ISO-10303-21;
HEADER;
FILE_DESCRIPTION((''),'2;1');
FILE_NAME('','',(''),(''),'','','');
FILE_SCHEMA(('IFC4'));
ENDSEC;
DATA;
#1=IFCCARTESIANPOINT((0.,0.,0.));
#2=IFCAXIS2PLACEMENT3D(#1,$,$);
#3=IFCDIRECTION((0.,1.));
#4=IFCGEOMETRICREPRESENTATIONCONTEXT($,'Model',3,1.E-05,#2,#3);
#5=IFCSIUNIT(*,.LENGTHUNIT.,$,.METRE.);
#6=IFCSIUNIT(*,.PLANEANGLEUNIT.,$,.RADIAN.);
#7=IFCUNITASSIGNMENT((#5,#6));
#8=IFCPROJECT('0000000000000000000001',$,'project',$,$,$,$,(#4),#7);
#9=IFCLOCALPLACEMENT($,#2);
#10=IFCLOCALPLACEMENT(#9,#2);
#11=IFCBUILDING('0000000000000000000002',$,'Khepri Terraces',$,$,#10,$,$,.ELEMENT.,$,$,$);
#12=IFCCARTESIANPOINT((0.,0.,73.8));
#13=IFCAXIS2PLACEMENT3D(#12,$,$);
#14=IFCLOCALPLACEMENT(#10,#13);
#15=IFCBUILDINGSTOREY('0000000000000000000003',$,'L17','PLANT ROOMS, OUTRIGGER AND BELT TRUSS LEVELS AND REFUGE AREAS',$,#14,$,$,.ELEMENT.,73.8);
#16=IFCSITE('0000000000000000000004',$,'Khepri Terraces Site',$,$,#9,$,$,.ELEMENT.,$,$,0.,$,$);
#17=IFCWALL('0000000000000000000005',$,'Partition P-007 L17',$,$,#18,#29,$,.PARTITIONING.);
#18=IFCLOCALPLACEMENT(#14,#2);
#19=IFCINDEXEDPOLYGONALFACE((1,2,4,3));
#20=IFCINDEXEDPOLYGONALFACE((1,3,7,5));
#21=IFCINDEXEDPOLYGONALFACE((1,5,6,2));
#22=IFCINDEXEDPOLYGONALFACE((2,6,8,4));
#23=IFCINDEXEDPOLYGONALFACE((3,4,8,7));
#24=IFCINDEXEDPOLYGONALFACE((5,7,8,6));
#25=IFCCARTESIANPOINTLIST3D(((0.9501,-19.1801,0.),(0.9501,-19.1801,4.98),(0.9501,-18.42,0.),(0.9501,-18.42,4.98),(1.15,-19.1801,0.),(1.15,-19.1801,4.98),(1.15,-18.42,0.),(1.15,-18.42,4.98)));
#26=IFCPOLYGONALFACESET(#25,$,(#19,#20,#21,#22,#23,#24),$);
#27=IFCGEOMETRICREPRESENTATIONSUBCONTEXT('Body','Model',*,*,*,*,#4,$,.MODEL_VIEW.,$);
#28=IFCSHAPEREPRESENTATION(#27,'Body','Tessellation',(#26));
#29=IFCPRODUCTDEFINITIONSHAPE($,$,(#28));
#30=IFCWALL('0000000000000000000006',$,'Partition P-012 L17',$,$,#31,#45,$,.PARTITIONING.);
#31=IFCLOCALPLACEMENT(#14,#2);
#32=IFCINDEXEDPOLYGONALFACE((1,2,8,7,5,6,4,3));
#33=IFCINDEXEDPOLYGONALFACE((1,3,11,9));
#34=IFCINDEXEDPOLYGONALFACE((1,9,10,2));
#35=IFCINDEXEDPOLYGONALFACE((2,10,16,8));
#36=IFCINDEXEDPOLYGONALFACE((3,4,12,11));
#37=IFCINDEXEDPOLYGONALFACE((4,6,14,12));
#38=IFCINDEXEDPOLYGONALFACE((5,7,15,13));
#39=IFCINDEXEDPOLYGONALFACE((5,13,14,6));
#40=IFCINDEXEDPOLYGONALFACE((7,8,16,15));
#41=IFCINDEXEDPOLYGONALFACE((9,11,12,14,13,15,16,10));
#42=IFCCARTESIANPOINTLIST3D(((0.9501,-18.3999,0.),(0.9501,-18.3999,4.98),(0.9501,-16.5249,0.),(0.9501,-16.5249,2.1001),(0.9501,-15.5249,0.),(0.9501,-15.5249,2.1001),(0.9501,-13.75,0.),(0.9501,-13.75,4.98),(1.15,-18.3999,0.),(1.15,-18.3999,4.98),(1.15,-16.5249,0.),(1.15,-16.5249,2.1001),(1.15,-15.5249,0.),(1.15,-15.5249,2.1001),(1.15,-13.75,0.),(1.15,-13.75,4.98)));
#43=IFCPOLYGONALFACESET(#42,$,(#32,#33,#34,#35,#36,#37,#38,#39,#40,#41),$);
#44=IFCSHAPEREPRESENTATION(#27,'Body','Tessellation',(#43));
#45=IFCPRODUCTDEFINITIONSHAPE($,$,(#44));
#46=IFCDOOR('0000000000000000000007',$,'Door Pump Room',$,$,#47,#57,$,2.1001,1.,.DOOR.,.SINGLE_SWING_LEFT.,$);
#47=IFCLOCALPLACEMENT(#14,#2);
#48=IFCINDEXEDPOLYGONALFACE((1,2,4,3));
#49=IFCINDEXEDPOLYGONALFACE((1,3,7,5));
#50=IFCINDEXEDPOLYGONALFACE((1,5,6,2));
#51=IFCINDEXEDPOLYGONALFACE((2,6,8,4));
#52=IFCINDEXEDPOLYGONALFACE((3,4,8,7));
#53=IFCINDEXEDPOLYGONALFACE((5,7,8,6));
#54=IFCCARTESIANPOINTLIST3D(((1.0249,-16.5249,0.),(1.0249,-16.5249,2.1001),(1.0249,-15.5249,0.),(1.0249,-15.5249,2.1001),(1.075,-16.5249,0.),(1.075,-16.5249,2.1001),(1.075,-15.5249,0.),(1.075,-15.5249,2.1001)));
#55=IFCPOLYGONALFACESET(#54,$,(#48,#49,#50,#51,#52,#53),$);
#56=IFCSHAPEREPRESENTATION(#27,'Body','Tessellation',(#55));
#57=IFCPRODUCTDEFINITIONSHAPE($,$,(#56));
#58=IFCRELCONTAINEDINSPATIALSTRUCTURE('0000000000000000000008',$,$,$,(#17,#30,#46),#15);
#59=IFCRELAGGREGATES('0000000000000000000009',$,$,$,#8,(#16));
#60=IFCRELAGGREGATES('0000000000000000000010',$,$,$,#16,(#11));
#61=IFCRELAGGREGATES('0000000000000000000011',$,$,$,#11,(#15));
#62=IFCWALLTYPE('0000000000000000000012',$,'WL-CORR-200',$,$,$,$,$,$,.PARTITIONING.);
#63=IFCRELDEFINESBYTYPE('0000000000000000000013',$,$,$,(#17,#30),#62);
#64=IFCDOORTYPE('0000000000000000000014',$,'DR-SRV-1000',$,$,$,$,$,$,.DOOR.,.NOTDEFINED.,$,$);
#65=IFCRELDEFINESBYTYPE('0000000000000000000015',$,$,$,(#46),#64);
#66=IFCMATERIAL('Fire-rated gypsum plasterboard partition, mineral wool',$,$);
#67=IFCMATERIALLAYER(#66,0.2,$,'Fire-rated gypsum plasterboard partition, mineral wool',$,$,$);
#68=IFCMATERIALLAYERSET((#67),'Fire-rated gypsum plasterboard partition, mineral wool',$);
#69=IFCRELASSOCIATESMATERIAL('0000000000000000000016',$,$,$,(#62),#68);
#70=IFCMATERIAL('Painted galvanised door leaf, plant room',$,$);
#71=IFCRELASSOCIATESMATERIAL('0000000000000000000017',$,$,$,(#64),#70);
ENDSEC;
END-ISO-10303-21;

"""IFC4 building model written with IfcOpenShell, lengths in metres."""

from ifc_helpers import new_model, si_unit, direction, frame, frame_2d, origin, place, context, subcontext, project, spatial, rectangle, extrude, material, layer, layer_set, type_object, element, fill, save


model = new_model("IFC4")

# Units and contexts
model_context = context("Model", 3, precision=1e-05, world=origin(), true_north=direction((0.0, 1.0)))
body_context = subcontext(model_context, "Body", "Model", "MODEL_VIEW")
ifc_project = project(units=[si_unit("LENGTHUNIT", "METRE"), si_unit("PLANEANGLEUNIT", "RADIAN")], contexts=[model_context])

# Site, building, storey
site_placement = place(None, origin())
site = spatial("IfcSite", under=ifc_project, at=site_placement, Name="Khepri Terraces Site", CompositionType="ELEMENT", RefElevation=0.0)
building_placement = place(site_placement, origin())
building = spatial("IfcBuilding", under=site, at=building_placement, Name="Khepri Terraces", CompositionType="ELEMENT")
storey_placement = place(building_placement, frame((0.0, 0.0, 73.8)))
storey = spatial("IfcBuildingStorey", under=building, at=storey_placement, Name="L17", Description="PLANT ROOMS, OUTRIGGER AND BELT TRUSS LEVELS AND REFUGE AREAS", CompositionType="ELEMENT", Elevation=73.8)

# Wall
ifc_material_1 = material(Name="Fire-rated gypsum plasterboard partition, mineral wool")
ifc_layer = layer(ifc_material_1, 0.2, Name="Fire-rated gypsum plasterboard partition, mineral wool")
ifc_layer_set = layer_set([ifc_layer], Name="Fire-rated gypsum plasterboard partition, mineral wool")
wall_type = type_object("IfcWallType", Name="WL-CORR-200", PredefinedType="PARTITIONING", material=ifc_layer_set)
wall_1_placement = place(storey_placement, frame((1.05, -19.1799, 0.0), z_axis=(0.0, 0.0, 1.0), x_axis=(0.0, 1.0, 0.0)))
element("IfcWall", 1, at=wall_1_placement, inside=storey, type_object=wall_type, Name="Partition P-007 L17", PredefinedType="PARTITIONING", context=body_context, shape_type="SweptSolid", body=[
    extrude(rectangle(XDim=0.76, YDim=0.2, at=frame_2d((0.3799, 0.0))), origin(), (0.0, 0.0, 1.0), 4.98),
])

# Wall, opening, door
wall_2_placement = place(storey_placement, frame((1.05, -18.3999, 0.0), z_axis=(0.0, 0.0, 1.0), x_axis=(0.0, 1.0, 0.0)))
wall_2 = element("IfcWall", 2, at=wall_2_placement, inside=storey, type_object=wall_type, Name="Partition P-012 L17", PredefinedType="PARTITIONING", context=body_context, shape_type="SweptSolid", body=[
    extrude(rectangle(XDim=4.6499, YDim=0.2, at=frame_2d((2.325, 0.0))), origin(), (0.0, 0.0, 1.0), 4.98),
])
opening_placement = place(wall_2_placement, frame((1.875, 0.0, 0.0)))
opening = element("IfcOpeningElement", 3, at=opening_placement, cuts=wall_2, PredefinedType="OPENING", context=body_context, shape_type="SweptSolid", body=[
    extrude(rectangle(XDim=1.0, YDim=2.1001, at=frame_2d((0.5, 1.05))), frame((0.0, 0.1099, 0.0), z_axis=(0.0, -1.0, 0.0), x_axis=(1.0, 0.0, 0.0)), (0.0, 0.0, 1.0), 0.22),
])
ifc_material_2 = material(Name="Painted galvanised door leaf, plant room")
door_type = type_object("IfcDoorType", Name="DR-SRV-1000", OperationType="NOTDEFINED", PredefinedType="DOOR", material=ifc_material_2)
door_placement = place(opening_placement, frame((1.0, 0.0, 0.0), z_axis=(0.0, 0.0, 1.0), x_axis=(-1.0, 0.0, 0.0)))
door = element("IfcDoor", 4, at=door_placement, inside=storey, type_object=door_type, Name="Door Pump Room", OperationType="SINGLE_SWING_LEFT", OverallHeight=2.1001, OverallWidth=1.0, PredefinedType="DOOR", context=body_context, shape_type="SweptSolid", body=[
    extrude(rectangle(XDim=1.0, YDim=2.1001, at=frame_2d((0.5, 1.05))), frame((0.0, 0.0249, 0.0), z_axis=(0.0, -1.0, 0.0), x_axis=(1.0, 0.0, 0.0)), (0.0, 0.0, 1.0), 0.05),
])
fill(opening, door)

save(model, "model.ifc")
